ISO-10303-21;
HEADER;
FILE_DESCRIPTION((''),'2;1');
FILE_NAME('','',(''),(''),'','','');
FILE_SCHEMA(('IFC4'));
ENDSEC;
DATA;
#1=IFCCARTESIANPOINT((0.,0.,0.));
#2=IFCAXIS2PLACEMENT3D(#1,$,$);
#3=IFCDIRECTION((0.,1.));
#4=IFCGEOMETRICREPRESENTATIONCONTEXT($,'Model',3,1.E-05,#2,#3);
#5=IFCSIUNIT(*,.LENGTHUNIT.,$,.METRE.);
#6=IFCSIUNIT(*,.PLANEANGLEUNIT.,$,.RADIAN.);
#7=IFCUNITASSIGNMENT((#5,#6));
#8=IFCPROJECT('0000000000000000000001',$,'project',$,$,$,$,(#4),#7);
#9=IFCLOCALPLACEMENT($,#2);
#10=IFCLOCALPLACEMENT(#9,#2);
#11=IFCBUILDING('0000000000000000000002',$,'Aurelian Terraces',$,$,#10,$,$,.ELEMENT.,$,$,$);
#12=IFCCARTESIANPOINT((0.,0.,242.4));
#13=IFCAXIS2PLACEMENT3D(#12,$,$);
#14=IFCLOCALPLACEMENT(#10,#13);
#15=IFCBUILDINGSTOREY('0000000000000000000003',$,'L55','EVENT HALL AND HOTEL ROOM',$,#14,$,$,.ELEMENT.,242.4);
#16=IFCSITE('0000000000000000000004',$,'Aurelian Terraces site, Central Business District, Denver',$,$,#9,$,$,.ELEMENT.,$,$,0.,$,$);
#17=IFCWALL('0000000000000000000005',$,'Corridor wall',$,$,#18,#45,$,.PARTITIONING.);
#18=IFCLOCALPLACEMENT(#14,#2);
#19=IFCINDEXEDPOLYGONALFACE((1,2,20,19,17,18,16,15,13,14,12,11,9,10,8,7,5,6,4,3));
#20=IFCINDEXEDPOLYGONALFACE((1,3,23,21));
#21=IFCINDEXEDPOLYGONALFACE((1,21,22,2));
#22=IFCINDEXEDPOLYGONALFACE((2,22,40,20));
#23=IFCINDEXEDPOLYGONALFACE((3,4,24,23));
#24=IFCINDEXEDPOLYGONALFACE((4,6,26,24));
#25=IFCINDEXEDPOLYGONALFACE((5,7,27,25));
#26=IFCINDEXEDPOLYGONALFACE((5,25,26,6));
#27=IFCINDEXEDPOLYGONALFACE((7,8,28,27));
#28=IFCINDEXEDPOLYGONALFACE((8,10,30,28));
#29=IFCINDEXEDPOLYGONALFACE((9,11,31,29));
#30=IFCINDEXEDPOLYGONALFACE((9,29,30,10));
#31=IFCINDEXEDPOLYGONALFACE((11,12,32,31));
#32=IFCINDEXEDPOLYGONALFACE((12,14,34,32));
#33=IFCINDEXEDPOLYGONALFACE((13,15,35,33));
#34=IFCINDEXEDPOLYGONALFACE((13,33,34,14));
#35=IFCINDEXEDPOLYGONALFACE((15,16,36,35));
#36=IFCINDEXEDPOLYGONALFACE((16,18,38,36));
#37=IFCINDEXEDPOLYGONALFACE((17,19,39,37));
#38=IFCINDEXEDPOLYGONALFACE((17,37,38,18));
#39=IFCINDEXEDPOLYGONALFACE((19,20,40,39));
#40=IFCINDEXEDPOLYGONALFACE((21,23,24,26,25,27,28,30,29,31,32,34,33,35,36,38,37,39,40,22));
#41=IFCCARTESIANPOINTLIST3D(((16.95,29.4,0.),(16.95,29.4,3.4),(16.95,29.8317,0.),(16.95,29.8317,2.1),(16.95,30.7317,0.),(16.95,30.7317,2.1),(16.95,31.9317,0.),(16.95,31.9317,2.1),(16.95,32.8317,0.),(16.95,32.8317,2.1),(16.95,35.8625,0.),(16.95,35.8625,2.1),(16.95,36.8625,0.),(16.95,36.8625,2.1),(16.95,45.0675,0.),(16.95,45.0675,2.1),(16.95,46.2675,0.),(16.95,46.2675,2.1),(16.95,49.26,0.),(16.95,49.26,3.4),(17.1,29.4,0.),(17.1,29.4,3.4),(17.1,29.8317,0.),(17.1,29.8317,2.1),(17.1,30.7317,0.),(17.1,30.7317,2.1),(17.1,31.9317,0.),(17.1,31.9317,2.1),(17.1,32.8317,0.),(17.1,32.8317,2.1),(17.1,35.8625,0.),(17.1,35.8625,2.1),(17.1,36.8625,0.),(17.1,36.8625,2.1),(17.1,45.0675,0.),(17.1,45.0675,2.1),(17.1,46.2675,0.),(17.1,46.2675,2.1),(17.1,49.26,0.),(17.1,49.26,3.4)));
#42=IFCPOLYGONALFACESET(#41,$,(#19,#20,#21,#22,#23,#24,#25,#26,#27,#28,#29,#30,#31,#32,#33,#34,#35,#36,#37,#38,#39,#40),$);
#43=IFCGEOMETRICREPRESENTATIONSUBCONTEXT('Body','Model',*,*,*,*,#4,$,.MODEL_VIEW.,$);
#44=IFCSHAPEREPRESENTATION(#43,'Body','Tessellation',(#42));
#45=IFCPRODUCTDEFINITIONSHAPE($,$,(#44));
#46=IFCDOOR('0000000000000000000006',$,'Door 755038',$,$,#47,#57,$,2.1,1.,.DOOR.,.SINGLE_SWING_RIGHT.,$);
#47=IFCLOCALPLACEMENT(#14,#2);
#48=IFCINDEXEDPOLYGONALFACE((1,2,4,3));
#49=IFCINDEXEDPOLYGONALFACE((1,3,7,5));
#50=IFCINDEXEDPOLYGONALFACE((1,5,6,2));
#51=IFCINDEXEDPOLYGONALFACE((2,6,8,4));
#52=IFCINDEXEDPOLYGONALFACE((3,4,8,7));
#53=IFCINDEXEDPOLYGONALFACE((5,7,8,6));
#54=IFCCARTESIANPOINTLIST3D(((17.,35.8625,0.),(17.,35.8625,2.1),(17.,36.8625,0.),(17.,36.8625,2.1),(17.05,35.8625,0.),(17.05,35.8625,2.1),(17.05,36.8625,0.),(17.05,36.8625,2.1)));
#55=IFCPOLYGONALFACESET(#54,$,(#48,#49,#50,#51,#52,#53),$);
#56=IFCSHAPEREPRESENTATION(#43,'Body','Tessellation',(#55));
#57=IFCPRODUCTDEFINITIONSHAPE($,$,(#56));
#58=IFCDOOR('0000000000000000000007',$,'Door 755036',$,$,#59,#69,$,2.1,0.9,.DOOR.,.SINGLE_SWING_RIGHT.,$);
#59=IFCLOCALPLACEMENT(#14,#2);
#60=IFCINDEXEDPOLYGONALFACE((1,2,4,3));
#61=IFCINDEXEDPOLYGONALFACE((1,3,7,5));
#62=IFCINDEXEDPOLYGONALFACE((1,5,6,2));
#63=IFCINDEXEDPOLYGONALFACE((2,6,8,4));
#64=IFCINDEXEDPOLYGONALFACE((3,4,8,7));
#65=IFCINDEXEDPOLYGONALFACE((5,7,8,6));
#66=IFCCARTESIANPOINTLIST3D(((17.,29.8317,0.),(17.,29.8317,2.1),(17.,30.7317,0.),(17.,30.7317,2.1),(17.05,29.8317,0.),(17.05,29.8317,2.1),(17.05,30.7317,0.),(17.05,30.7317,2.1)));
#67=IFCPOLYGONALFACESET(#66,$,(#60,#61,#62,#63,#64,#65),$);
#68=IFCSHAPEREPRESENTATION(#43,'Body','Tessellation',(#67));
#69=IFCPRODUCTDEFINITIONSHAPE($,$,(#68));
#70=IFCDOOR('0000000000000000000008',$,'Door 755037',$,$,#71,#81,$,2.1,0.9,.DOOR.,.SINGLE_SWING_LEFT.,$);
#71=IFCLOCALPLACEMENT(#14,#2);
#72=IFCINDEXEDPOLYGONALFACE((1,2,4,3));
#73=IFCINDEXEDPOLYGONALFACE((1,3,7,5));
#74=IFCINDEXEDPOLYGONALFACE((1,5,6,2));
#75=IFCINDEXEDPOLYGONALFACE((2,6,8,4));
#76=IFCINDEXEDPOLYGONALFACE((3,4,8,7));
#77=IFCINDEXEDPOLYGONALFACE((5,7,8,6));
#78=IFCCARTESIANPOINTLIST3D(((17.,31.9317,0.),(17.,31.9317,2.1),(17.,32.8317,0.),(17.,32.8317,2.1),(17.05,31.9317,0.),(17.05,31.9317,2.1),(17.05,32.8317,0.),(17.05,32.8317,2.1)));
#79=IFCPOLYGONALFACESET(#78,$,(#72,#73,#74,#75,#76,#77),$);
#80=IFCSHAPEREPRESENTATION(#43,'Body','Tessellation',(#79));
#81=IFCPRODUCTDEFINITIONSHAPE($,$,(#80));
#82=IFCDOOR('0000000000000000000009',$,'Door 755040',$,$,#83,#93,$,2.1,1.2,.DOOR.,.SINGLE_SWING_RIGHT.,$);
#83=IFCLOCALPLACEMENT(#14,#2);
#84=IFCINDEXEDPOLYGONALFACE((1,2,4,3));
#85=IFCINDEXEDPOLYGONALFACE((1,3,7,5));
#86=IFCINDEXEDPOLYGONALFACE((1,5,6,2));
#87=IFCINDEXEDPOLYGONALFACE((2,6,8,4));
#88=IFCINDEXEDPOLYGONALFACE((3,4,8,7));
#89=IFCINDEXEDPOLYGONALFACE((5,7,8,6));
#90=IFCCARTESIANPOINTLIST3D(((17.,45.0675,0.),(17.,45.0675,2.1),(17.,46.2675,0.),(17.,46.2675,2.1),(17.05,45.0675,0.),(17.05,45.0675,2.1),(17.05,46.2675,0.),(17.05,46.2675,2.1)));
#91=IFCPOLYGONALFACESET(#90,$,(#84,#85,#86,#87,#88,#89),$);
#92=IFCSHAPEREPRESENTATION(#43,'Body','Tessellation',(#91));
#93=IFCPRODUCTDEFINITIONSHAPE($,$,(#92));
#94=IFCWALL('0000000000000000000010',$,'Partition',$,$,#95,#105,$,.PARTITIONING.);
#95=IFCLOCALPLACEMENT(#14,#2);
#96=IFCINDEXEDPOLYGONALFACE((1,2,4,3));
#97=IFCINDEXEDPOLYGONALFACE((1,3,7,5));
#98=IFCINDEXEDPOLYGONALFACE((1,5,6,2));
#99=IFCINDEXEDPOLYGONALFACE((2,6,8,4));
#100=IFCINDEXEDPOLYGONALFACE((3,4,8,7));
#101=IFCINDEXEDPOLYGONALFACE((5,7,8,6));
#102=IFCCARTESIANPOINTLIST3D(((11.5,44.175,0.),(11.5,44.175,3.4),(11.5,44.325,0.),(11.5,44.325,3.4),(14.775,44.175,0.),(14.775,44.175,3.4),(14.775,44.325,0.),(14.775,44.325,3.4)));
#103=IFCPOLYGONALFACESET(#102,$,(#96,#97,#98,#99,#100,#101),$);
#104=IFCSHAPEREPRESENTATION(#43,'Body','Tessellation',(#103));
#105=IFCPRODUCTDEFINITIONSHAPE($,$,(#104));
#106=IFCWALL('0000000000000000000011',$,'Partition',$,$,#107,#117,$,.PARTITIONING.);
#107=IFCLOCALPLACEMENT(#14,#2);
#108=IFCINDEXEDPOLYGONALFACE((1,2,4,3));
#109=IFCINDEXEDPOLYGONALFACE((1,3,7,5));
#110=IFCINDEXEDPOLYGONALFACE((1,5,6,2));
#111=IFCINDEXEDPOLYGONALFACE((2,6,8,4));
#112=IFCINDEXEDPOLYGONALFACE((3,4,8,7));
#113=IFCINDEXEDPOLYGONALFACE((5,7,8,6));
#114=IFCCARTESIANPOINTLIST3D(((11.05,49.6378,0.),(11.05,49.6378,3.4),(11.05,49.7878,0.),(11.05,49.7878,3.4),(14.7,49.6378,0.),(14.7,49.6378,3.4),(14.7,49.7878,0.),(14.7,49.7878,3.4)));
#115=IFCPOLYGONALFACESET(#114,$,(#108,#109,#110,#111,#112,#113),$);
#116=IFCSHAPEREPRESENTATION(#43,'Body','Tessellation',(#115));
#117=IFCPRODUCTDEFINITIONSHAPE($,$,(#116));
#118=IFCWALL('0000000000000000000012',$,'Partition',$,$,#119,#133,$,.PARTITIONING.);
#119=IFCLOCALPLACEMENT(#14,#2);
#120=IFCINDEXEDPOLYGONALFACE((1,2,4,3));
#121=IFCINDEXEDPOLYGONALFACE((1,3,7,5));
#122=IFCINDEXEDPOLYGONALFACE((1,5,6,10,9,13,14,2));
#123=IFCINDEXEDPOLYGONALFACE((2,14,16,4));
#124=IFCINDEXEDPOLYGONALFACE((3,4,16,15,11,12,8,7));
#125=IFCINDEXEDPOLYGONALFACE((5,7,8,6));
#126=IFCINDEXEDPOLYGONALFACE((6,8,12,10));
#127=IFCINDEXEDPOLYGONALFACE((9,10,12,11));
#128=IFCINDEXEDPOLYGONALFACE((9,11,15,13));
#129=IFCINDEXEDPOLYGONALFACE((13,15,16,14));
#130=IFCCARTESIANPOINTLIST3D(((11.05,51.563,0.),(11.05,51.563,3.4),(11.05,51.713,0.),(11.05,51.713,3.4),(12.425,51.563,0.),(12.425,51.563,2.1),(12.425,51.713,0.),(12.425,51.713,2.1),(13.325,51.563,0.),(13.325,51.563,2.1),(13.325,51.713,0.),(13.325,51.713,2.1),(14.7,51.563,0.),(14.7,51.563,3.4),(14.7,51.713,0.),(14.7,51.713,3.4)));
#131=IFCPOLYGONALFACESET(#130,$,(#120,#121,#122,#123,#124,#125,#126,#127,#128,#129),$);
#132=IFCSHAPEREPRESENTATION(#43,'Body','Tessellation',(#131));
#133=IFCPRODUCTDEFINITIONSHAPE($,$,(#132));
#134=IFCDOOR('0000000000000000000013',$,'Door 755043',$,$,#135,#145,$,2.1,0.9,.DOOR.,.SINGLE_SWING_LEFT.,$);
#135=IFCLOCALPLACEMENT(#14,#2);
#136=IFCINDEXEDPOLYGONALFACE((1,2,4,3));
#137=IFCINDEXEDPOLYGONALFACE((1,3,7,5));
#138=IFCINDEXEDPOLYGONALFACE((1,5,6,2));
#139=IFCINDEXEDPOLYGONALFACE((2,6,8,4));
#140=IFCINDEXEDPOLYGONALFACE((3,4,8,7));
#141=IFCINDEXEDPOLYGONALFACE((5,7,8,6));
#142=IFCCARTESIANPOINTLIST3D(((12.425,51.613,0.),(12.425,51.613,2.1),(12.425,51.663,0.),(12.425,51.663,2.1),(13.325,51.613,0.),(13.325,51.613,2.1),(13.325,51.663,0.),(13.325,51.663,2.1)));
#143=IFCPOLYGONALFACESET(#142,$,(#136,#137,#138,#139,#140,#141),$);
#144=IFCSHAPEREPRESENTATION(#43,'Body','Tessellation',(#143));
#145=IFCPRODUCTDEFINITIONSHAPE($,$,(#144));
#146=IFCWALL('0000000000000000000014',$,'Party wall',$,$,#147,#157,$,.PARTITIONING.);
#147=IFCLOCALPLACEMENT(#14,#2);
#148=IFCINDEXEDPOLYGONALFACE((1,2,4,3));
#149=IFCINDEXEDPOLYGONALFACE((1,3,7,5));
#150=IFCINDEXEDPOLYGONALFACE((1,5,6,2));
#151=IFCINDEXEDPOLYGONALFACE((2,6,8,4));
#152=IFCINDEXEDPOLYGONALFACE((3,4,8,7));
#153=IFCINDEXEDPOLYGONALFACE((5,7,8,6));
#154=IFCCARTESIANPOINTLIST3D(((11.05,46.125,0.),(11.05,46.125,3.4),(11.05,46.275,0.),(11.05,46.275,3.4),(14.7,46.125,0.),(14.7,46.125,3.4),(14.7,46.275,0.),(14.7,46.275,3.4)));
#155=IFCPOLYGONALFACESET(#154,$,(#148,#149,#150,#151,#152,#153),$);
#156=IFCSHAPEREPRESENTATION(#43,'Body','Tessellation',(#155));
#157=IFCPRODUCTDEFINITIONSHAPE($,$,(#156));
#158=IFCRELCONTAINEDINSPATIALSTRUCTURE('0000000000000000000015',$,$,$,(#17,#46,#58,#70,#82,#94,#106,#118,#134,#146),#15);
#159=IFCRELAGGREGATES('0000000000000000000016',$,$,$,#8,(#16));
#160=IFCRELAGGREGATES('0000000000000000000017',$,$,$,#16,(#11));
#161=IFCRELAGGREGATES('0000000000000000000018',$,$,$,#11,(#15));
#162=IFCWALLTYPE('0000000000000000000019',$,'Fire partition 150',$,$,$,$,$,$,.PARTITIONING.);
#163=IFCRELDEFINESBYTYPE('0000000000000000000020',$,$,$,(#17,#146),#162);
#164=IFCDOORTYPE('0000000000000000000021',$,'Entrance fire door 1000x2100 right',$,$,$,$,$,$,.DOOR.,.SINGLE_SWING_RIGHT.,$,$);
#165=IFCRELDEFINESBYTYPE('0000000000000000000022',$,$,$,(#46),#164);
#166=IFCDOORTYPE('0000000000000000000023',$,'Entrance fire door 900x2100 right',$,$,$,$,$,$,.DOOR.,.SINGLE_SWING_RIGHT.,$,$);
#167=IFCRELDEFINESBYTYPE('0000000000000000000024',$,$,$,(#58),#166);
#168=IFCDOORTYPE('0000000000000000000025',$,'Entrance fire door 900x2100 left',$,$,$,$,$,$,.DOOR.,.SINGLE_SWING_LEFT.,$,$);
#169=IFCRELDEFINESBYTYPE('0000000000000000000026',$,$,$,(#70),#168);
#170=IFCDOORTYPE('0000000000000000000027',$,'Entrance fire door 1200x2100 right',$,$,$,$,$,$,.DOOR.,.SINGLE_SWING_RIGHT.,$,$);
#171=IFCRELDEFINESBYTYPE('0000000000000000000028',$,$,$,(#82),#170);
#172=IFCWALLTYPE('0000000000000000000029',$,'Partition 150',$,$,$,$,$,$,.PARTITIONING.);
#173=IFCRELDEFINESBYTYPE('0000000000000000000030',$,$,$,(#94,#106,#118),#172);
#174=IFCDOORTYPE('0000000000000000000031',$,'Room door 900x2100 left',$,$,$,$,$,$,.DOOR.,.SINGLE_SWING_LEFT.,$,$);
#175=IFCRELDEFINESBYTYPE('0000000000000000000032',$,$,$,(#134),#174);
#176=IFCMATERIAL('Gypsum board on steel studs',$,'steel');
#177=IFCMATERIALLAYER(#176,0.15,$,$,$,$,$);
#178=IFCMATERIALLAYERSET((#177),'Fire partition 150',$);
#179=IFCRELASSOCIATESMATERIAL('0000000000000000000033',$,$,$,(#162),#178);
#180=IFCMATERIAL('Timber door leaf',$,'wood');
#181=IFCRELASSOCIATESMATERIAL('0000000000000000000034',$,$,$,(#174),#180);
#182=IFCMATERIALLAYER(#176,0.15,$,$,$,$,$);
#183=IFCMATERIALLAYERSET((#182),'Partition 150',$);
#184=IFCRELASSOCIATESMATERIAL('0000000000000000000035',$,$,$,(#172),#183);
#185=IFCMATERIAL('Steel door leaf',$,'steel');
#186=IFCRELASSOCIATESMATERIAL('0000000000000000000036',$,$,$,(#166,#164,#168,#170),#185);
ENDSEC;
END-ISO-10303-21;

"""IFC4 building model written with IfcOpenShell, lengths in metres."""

from ifc_helpers import new_model, si_unit, direction, frame, frame_2d, origin, place, context, subcontext, project, spatial, rectangle, extrude, source, transform, mapped, material, layer, layer_set, type_object, element, fill, save


model = new_model("IFC4")

# Units and contexts
model_context = context("Model", 3, precision=1e-05, world=origin(), true_north=direction((0.0, 1.0)))
body_context = subcontext(model_context, "Body", "Model", "MODEL_VIEW")
ifc_project = project(units=[si_unit("LENGTHUNIT", "METRE"), si_unit("PLANEANGLEUNIT", "RADIAN")], contexts=[model_context])

# Site, building, storey
site_placement = place(None, origin())
site = spatial("IfcSite", under=ifc_project, at=site_placement, Name="Aurelian Terraces site, Central Business District, Denver", CompositionType="ELEMENT", RefElevation=0.0)
building_placement = place(site_placement, origin())
building = spatial("IfcBuilding", under=site, at=building_placement, Name="Aurelian Terraces", CompositionType="ELEMENT")
storey_placement = place(building_placement, frame((0.0, 0.0, 242.4)))
storey = spatial("IfcBuildingStorey", under=building, at=storey_placement, Name="L55", Description="EVENT HALL AND HOTEL ROOM", CompositionType="ELEMENT", Elevation=242.4)

# Shared definitions
ifc_material_1 = material(Name="Gypsum board on steel studs", Category="steel")
ifc_layer_1 = layer(ifc_material_1, 0.15)
ifc_layer_set_1 = layer_set([ifc_layer_1], Name="Fire partition 150")
wall_type_1 = type_object("IfcWallType", Name="Fire partition 150", PredefinedType="PARTITIONING", material=ifc_layer_set_1)
shared_shape_1 = source(origin(), body_context, "Body", "SweptSolid", [
    extrude(rectangle(XDim=0.9, YDim=2.1, at=frame_2d((0.45, 1.05))), frame((0.0, 0.085, 0.0), z_axis=(0.0, -1.0, 0.0), x_axis=(1.0, 0.0, 0.0)), (0.0, 0.0, 1.0), 0.17),
])
ifc_material_2 = material(Name="Timber door leaf", Category="wood")
door_type_1 = type_object("IfcDoorType", Name="Room door 900x2100 left", OperationType="SINGLE_SWING_LEFT", PredefinedType="DOOR", material=ifc_material_2)
shared_shape_2 = source(origin(), body_context, "Body", "SweptSolid", [
    extrude(rectangle(XDim=0.9, YDim=2.1, at=frame_2d((0.45, 1.05))), frame((0.0, 0.025, 0.0), z_axis=(0.0, -1.0, 0.0), x_axis=(1.0, 0.0, 0.0)), (0.0, 0.0, 1.0), 0.05),
])
ifc_layer_2 = layer(ifc_material_1, 0.15)
ifc_layer_set_2 = layer_set([ifc_layer_2], Name="Partition 150")
wall_type_2 = type_object("IfcWallType", Name="Partition 150", PredefinedType="PARTITIONING", material=ifc_layer_set_2)

# Wall, openings, doors
ifc_material_3 = material(Name="Steel door leaf", Category="steel")
door_type_2 = type_object("IfcDoorType", Name="Entrance fire door 900x2100 right", OperationType="SINGLE_SWING_RIGHT", PredefinedType="DOOR", material=ifc_material_3)
shared_shape_3 = source(origin(), body_context, "Body", "SweptSolid", [
    extrude(rectangle(XDim=19.86, YDim=0.15, at=frame_2d((9.93, 0.0))), origin(), (0.0, 0.0, 1.0), 3.4),
])
wall_1_placement = place(storey_placement, frame((17.025, 49.26, 0.0), z_axis=(0.0, 0.0, 1.0), x_axis=(0.0, -1.0, 0.0)))
wall_1 = element("IfcWall", 1, at=wall_1_placement, inside=storey, type_object=wall_type_1, Name="Corridor wall", PredefinedType="PARTITIONING", context=body_context, shape_type="MappedRepresentation", body=[
    mapped(shared_shape_3, transform((0.0, 0.0, 0.0), scale=1.0)),
])
opening_1_placement = place(wall_1_placement, frame((18.5283, 0.0, 0.0)))
opening_1 = element("IfcOpeningElement", 2, at=opening_1_placement, cuts=wall_1, PredefinedType="OPENING", context=body_context, shape_type="MappedRepresentation", body=[
    mapped(shared_shape_1, transform((0.0, 0.0, 0.0), scale=1.0)),
])
opening_2_placement = place(wall_1_placement, frame((16.4283, 0.0, 0.0)))
opening_2 = element("IfcOpeningElement", 3, at=opening_2_placement, cuts=wall_1, PredefinedType="OPENING", context=body_context, shape_type="MappedRepresentation", body=[
    mapped(shared_shape_1, transform((0.0, 0.0, 0.0), scale=1.0)),
])
shared_shape_4 = source(origin(), body_context, "Body", "SweptSolid", [
    extrude(rectangle(XDim=1.0, YDim=2.1, at=frame_2d((0.5, 1.05))), frame((0.0, 0.085, 0.0), z_axis=(0.0, -1.0, 0.0), x_axis=(1.0, 0.0, 0.0)), (0.0, 0.0, 1.0), 0.17),
])
opening_3_placement = place(wall_1_placement, frame((12.3975, 0.0, 0.0)))
opening_3 = element("IfcOpeningElement", 4, at=opening_3_placement, cuts=wall_1, PredefinedType="OPENING", context=body_context, shape_type="MappedRepresentation", body=[
    mapped(shared_shape_4, transform((0.0, 0.0, 0.0), scale=1.0)),
])
shared_shape_5 = source(origin(), body_context, "Body", "SweptSolid", [
    extrude(rectangle(XDim=1.2, YDim=2.1, at=frame_2d((0.6, 1.05))), frame((0.0, 0.085, 0.0), z_axis=(0.0, -1.0, 0.0), x_axis=(1.0, 0.0, 0.0)), (0.0, 0.0, 1.0), 0.17),
])
opening_4_placement = place(wall_1_placement, frame((2.9925, 0.0, 0.0)))
opening_4 = element("IfcOpeningElement", 5, at=opening_4_placement, cuts=wall_1, PredefinedType="OPENING", context=body_context, shape_type="MappedRepresentation", body=[
    mapped(shared_shape_5, transform((0.0, 0.0, 0.0), scale=1.0)),
])
door_type_3 = type_object("IfcDoorType", Name="Entrance fire door 1000x2100 right", OperationType="SINGLE_SWING_RIGHT", PredefinedType="DOOR", material=ifc_material_3)
shared_shape_6 = source(origin(), body_context, "Body", "SweptSolid", [
    extrude(rectangle(XDim=1.0, YDim=2.1, at=frame_2d((0.5, 1.05))), frame((0.0, 0.025, 0.0), z_axis=(0.0, -1.0, 0.0), x_axis=(1.0, 0.0, 0.0)), (0.0, 0.0, 1.0), 0.05),
])
door_1_placement = place(opening_3_placement, origin())
door_1 = element("IfcDoor", 6, at=door_1_placement, inside=storey, type_object=door_type_3, Name="Door 755038", OperationType="SINGLE_SWING_RIGHT", OverallHeight=2.1, OverallWidth=1.0, PredefinedType="DOOR", context=body_context, shape_type="MappedRepresentation", body=[
    mapped(shared_shape_6, transform((0.0, 0.0, 0.0), scale=1.0)),
])
fill(opening_3, door_1)
door_2_placement = place(opening_1_placement, origin())
door_2 = element("IfcDoor", 7, at=door_2_placement, inside=storey, type_object=door_type_2, Name="Door 755036", OperationType="SINGLE_SWING_RIGHT", OverallHeight=2.1, OverallWidth=0.9, PredefinedType="DOOR", context=body_context, shape_type="MappedRepresentation", body=[
    mapped(shared_shape_2, transform((0.0, 0.0, 0.0), scale=1.0)),
])
fill(opening_1, door_2)
door_type_4 = type_object("IfcDoorType", Name="Entrance fire door 900x2100 left", OperationType="SINGLE_SWING_LEFT", PredefinedType="DOOR", material=ifc_material_3)
door_3_placement = place(opening_2_placement, origin())
door_3 = element("IfcDoor", 8, at=door_3_placement, inside=storey, type_object=door_type_4, Name="Door 755037", OperationType="SINGLE_SWING_LEFT", OverallHeight=2.1, OverallWidth=0.9, PredefinedType="DOOR", context=body_context, shape_type="MappedRepresentation", body=[
    mapped(shared_shape_2, transform((0.0, 0.0, 0.0), scale=1.0)),
])
fill(opening_2, door_3)
door_type_5 = type_object("IfcDoorType", Name="Entrance fire door 1200x2100 right", OperationType="SINGLE_SWING_RIGHT", PredefinedType="DOOR", material=ifc_material_3)
shared_shape_7 = source(origin(), body_context, "Body", "SweptSolid", [
    extrude(rectangle(XDim=1.2, YDim=2.1, at=frame_2d((0.6, 1.05))), frame((0.0, 0.025, 0.0), z_axis=(0.0, -1.0, 0.0), x_axis=(1.0, 0.0, 0.0)), (0.0, 0.0, 1.0), 0.05),
])
door_4_placement = place(opening_4_placement, origin())
door_4 = element("IfcDoor", 9, at=door_4_placement, inside=storey, type_object=door_type_5, Name="Door 755040", OperationType="SINGLE_SWING_RIGHT", OverallHeight=2.1, OverallWidth=1.2, PredefinedType="DOOR", context=body_context, shape_type="MappedRepresentation", body=[
    mapped(shared_shape_7, transform((0.0, 0.0, 0.0), scale=1.0)),
])
fill(opening_4, door_4)

# Walls
shared_shape_8 = source(origin(), body_context, "Body", "SweptSolid", [
    extrude(rectangle(XDim=3.275, YDim=0.15, at=frame_2d((1.6375, 0.0))), origin(), (0.0, 0.0, 1.0), 3.4),
])
wall_2_placement = place(storey_placement, frame((14.775, 44.25, 0.0), z_axis=(0.0, 0.0, 1.0), x_axis=(-1.0, 0.0, 0.0)))
element("IfcWall", 10, at=wall_2_placement, inside=storey, type_object=wall_type_2, Name="Partition", PredefinedType="PARTITIONING", context=body_context, shape_type="MappedRepresentation", body=[
    mapped(shared_shape_8, transform((0.0, 0.0, 0.0), scale=1.0)),
])
shared_shape_9 = source(origin(), body_context, "Body", "SweptSolid", [
    extrude(rectangle(XDim=3.65, YDim=0.15, at=frame_2d((1.825, 0.0))), origin(), (0.0, 0.0, 1.0), 3.4),
])
wall_3_placement = place(storey_placement, frame((14.7, 49.7128, 0.0), z_axis=(0.0, 0.0, 1.0), x_axis=(-1.0, 0.0, 0.0)))
element("IfcWall", 11, at=wall_3_placement, inside=storey, type_object=wall_type_2, Name="Partition", PredefinedType="PARTITIONING", context=body_context, shape_type="MappedRepresentation", body=[
    mapped(shared_shape_9, transform((0.0, 0.0, 0.0), scale=1.0)),
])

# Wall, opening, door
wall_4_placement = place(storey_placement, frame((14.7, 51.638, 0.0), z_axis=(0.0, 0.0, 1.0), x_axis=(-1.0, 0.0, 0.0)))
wall_4 = element("IfcWall", 12, at=wall_4_placement, inside=storey, type_object=wall_type_2, Name="Partition", PredefinedType="PARTITIONING", context=body_context, shape_type="MappedRepresentation", body=[
    mapped(shared_shape_9, transform((0.0, 0.0, 0.0), scale=1.0)),
])
opening_5_placement = place(wall_4_placement, frame((1.375, 0.0, 0.0)))
opening_5 = element("IfcOpeningElement", 13, at=opening_5_placement, cuts=wall_4, PredefinedType="OPENING", context=body_context, shape_type="MappedRepresentation", body=[
    mapped(shared_shape_1, transform((0.0, 0.0, 0.0), scale=1.0)),
])
door_5_placement = place(opening_5_placement, origin())
door_5 = element("IfcDoor", 14, at=door_5_placement, inside=storey, type_object=door_type_1, Name="Door 755043", OperationType="SINGLE_SWING_LEFT", OverallHeight=2.1, OverallWidth=0.9, PredefinedType="DOOR", context=body_context, shape_type="MappedRepresentation", body=[
    mapped(shared_shape_2, transform((0.0, 0.0, 0.0), scale=1.0)),
])
fill(opening_5, door_5)

# Wall
wall_5_placement = place(storey_placement, frame((14.7, 46.2, 0.0), z_axis=(0.0, 0.0, 1.0), x_axis=(-1.0, 0.0, 0.0)))
element("IfcWall", 15, at=wall_5_placement, inside=storey, type_object=wall_type_1, Name="Party wall", PredefinedType="PARTITIONING", context=body_context, shape_type="MappedRepresentation", body=[
    mapped(shared_shape_9, transform((0.0, 0.0, 0.0), scale=1.0)),
])

save(model, "model.ifc")
